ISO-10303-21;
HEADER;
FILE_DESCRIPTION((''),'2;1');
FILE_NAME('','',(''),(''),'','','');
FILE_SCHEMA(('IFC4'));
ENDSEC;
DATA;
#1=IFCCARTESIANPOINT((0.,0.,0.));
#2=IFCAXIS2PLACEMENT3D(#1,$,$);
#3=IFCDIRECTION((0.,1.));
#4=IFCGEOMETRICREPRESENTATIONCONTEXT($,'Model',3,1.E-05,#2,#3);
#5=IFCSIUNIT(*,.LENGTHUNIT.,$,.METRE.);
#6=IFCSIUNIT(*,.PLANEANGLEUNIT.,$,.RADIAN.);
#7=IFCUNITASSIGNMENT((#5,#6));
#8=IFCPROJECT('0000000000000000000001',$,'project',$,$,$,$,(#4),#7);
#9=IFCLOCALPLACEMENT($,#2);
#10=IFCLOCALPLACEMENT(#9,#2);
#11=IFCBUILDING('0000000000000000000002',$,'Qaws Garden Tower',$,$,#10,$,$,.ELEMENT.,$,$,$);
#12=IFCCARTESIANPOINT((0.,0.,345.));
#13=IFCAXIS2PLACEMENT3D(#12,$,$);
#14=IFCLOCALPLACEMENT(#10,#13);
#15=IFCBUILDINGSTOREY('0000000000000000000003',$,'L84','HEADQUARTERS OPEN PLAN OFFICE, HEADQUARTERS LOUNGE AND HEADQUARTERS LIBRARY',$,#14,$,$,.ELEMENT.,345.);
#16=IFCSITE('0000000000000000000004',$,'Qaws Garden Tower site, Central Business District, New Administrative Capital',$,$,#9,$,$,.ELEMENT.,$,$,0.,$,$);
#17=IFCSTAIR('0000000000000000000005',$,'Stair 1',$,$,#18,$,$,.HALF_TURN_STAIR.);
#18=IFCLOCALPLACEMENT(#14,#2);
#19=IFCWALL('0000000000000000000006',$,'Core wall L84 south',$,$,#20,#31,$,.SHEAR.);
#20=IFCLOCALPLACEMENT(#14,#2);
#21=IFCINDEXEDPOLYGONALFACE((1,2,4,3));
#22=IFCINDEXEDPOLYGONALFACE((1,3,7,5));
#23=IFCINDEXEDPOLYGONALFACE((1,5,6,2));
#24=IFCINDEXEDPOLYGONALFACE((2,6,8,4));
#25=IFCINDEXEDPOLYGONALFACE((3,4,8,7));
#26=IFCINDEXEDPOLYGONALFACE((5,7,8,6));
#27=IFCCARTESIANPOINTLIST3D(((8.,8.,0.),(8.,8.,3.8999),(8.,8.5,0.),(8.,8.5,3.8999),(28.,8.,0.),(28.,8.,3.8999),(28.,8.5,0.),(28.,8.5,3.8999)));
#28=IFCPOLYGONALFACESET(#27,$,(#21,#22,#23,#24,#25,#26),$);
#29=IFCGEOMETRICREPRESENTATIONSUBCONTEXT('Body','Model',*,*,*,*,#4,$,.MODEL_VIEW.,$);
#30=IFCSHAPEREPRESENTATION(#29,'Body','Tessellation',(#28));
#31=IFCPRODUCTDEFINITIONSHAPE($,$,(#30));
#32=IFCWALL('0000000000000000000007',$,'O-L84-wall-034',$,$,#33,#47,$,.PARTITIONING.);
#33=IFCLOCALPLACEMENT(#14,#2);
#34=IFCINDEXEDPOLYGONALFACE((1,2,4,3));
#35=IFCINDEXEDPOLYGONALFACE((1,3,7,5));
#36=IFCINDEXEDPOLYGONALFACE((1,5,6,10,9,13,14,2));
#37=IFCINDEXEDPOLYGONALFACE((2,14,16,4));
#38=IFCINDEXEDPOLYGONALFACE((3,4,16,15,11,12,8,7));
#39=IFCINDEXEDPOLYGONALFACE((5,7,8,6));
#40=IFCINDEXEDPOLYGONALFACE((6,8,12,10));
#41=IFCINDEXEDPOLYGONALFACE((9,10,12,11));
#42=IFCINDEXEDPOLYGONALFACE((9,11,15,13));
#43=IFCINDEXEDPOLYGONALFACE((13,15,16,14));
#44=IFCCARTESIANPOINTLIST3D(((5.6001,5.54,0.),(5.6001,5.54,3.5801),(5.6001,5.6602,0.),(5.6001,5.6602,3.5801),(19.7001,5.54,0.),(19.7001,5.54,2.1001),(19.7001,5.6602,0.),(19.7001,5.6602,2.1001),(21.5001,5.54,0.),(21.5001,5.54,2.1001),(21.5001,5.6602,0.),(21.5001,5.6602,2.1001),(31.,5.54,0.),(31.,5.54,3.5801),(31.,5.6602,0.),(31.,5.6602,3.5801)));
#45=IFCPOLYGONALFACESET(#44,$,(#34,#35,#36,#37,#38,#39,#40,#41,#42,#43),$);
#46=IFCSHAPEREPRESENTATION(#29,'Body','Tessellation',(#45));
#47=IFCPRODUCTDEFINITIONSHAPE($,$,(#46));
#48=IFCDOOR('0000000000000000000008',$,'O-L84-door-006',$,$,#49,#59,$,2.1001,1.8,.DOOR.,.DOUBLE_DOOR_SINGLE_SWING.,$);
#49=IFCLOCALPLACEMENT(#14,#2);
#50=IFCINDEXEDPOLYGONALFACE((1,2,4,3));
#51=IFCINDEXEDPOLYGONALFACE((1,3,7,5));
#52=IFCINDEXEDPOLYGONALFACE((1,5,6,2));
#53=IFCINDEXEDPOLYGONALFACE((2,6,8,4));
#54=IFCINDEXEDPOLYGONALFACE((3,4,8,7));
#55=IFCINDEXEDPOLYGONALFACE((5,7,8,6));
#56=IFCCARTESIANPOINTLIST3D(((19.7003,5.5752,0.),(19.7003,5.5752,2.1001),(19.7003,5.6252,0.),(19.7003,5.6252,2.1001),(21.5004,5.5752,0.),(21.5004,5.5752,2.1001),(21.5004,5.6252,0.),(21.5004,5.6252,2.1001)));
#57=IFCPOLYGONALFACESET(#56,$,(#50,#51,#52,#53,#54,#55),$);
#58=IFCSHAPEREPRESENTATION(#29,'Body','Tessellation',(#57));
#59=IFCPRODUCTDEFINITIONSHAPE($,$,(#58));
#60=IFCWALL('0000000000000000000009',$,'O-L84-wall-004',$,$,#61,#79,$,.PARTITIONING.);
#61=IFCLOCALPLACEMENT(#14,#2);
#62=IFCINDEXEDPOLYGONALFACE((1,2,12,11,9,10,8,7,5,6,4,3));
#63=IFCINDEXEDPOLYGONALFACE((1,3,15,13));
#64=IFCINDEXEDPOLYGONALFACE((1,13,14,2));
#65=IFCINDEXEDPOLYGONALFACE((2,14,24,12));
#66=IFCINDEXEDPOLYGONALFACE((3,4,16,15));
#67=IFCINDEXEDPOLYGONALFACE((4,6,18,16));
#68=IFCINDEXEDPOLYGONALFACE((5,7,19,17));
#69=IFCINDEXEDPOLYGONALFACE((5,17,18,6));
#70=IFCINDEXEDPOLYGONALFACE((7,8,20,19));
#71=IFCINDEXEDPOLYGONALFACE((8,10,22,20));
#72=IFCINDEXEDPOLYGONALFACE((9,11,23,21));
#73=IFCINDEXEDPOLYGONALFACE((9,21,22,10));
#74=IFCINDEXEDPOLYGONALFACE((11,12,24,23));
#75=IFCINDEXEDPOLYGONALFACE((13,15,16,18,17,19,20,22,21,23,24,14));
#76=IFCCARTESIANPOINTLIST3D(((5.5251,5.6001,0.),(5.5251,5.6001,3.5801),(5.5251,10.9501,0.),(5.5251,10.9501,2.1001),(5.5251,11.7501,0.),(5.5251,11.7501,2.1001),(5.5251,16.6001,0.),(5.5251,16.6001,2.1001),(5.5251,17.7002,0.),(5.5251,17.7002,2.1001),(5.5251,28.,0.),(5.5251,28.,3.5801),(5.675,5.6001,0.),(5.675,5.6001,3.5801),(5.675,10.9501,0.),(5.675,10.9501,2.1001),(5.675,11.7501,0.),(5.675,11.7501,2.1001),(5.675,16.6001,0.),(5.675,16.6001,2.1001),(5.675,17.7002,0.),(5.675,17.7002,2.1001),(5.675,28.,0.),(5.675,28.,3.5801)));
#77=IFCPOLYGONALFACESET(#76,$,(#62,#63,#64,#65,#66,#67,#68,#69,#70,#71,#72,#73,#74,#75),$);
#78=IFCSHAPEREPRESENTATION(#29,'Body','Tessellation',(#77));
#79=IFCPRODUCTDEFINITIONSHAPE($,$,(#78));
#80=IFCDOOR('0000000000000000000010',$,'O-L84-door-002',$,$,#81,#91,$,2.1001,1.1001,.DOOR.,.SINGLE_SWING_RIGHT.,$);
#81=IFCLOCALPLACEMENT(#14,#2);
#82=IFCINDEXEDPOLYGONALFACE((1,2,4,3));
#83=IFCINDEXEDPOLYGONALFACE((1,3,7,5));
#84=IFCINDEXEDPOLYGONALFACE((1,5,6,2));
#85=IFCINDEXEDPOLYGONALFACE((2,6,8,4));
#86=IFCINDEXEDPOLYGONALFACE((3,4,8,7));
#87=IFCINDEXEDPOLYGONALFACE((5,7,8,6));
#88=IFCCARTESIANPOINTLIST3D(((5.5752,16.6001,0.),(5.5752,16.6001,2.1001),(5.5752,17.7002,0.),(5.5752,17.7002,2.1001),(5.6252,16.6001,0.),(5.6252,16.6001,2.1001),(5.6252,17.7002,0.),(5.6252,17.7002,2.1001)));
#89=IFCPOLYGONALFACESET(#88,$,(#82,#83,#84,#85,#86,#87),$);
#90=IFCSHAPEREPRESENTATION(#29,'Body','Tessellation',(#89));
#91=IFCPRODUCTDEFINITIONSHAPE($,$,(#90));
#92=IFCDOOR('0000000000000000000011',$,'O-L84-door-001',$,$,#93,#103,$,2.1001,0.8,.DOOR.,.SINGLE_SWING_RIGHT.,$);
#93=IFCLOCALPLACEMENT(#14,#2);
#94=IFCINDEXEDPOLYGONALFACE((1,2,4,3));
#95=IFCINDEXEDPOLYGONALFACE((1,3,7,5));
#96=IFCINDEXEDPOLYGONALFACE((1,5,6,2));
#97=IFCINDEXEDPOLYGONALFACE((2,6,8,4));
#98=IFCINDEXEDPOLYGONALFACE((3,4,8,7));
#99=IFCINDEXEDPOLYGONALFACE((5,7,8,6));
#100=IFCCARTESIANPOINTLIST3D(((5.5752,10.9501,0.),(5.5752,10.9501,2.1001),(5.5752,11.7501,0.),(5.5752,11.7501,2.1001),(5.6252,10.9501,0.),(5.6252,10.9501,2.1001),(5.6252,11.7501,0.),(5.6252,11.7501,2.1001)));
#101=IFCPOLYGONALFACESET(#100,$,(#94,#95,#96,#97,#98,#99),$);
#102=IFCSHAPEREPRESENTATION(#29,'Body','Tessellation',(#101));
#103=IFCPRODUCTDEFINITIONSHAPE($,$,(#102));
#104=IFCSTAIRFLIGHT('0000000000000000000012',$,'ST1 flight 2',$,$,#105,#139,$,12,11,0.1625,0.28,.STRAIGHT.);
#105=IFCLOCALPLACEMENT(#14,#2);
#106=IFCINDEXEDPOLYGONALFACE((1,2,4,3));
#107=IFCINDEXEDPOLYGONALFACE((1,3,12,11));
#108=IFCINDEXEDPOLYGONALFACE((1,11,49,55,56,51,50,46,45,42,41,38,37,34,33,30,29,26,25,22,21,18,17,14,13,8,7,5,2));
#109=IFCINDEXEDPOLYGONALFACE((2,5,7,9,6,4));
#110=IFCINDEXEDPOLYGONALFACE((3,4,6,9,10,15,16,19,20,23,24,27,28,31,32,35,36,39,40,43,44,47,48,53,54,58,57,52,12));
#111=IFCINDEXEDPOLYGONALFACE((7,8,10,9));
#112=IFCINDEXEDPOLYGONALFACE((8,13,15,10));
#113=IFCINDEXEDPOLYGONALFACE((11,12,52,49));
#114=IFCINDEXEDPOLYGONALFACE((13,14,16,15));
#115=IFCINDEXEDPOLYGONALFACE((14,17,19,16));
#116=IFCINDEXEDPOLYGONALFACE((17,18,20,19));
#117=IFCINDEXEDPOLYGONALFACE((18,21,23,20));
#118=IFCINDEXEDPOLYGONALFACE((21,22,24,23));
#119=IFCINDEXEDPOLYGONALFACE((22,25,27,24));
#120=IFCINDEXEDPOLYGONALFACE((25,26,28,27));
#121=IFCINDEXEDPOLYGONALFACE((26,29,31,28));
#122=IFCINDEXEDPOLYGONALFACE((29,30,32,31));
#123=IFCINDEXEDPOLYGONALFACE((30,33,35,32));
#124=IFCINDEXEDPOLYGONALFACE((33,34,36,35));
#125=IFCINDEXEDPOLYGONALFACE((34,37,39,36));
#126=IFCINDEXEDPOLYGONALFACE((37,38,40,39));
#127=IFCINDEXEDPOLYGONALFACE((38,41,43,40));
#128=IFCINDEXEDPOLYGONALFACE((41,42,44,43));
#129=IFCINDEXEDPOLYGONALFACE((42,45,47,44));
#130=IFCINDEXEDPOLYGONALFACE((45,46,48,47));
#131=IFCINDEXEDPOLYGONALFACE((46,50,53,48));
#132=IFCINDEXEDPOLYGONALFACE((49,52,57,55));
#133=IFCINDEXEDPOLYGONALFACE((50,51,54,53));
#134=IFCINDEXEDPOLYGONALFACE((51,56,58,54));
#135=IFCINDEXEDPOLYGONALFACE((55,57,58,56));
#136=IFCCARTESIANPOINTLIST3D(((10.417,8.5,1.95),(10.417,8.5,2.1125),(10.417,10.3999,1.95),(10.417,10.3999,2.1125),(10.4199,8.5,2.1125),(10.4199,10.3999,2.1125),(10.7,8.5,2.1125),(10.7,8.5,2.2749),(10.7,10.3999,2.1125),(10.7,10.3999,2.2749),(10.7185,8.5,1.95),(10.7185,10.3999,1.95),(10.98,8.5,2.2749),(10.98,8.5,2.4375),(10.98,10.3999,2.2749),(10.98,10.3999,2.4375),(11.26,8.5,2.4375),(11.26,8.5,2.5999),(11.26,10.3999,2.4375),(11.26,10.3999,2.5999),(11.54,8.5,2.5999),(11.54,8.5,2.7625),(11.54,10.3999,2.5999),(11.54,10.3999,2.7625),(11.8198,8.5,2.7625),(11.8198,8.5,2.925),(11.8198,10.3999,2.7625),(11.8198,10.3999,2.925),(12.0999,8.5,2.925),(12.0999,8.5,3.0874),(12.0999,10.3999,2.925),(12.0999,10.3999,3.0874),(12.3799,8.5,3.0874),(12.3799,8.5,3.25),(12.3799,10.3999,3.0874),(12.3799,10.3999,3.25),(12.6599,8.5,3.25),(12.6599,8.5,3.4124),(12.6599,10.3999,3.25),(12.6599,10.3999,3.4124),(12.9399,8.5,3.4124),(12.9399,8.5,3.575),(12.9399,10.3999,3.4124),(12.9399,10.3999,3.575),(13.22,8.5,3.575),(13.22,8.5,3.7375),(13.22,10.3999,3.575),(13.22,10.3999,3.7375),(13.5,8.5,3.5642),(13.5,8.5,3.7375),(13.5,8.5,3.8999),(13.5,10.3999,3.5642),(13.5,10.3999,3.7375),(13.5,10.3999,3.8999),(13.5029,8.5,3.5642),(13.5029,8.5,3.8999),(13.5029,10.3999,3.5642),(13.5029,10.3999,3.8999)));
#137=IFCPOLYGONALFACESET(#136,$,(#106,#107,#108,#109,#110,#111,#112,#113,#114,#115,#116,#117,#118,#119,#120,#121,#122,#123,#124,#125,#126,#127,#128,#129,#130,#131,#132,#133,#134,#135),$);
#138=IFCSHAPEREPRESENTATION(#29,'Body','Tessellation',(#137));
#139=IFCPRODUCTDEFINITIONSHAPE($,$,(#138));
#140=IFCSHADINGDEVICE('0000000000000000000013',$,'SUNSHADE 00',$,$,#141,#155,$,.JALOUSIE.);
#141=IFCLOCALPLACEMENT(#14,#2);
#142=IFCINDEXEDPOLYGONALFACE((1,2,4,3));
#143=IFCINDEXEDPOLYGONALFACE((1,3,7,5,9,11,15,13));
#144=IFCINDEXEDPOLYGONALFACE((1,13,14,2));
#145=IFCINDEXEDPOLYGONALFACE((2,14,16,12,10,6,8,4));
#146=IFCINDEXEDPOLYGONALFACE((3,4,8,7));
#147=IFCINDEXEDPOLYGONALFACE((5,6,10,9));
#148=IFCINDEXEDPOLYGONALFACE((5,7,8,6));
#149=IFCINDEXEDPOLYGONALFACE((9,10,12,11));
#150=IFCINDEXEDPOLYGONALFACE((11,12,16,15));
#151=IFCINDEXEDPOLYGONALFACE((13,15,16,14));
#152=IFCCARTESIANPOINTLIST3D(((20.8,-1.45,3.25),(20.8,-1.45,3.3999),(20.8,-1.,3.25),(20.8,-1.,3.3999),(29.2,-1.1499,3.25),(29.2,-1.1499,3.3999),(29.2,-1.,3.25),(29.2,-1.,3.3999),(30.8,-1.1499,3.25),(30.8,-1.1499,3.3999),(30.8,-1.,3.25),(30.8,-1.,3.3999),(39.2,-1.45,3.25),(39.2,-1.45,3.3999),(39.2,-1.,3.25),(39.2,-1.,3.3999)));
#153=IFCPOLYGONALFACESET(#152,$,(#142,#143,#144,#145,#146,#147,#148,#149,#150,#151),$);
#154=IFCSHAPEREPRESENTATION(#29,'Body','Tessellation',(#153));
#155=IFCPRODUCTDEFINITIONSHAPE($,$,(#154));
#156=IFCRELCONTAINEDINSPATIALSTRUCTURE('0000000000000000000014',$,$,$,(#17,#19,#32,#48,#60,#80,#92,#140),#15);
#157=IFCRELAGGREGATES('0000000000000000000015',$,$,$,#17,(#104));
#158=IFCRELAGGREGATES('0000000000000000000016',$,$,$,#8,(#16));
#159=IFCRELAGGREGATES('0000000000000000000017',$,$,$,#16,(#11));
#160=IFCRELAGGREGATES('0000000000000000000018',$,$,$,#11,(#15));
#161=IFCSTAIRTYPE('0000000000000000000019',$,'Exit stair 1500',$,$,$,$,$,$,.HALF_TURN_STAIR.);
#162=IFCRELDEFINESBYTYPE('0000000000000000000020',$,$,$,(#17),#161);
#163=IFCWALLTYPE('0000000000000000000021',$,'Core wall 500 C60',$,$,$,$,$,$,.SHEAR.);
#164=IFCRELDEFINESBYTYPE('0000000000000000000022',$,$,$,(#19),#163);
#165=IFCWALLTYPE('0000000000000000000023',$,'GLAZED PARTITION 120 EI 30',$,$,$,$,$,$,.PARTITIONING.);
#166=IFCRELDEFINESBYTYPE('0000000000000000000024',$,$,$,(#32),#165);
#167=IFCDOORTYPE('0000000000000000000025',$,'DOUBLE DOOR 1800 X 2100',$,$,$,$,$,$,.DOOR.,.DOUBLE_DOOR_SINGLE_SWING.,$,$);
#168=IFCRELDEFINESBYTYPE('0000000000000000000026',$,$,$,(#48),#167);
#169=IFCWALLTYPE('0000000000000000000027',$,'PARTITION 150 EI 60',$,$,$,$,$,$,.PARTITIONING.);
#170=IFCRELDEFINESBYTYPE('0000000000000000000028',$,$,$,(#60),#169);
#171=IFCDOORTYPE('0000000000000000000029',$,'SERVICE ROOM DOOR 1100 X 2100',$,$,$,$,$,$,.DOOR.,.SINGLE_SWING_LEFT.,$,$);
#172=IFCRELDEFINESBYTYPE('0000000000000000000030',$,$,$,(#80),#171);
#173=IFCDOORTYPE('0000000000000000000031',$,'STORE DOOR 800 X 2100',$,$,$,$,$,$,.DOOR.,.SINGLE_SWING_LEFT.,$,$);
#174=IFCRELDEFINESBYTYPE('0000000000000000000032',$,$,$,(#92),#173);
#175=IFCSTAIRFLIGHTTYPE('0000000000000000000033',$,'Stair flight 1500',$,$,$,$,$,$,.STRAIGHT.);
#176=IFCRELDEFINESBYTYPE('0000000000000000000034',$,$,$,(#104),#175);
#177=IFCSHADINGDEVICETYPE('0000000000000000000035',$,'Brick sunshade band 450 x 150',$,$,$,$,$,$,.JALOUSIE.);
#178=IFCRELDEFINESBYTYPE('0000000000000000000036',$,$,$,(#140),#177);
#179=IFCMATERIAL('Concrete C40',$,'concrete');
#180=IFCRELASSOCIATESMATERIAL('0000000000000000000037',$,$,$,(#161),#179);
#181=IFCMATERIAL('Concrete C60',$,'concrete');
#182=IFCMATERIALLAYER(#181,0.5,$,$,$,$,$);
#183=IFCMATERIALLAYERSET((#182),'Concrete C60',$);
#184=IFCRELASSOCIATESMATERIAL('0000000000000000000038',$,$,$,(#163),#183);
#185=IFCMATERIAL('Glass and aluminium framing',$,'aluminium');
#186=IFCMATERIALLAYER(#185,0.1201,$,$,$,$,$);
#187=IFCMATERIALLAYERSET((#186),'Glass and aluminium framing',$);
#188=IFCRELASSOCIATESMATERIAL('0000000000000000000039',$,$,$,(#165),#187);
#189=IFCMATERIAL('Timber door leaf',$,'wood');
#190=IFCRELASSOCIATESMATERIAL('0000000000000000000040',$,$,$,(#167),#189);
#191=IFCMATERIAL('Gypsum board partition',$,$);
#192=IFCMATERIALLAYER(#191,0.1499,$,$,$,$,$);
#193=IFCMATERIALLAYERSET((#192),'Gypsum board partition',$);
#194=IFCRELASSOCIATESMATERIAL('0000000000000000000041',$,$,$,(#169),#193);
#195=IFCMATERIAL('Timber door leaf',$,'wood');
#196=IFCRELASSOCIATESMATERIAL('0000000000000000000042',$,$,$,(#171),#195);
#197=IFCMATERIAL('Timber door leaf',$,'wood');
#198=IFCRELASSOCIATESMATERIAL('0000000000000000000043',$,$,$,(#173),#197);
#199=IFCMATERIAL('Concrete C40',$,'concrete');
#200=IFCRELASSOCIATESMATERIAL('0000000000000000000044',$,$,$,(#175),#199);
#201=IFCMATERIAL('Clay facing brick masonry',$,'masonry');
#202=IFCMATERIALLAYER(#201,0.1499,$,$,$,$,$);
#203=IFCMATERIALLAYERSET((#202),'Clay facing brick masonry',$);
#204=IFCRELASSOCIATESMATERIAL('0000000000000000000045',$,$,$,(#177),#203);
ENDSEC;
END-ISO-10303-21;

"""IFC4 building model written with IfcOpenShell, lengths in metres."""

from ifc_helpers import new_model, si_unit, direction, frame, frame_2d, origin, place, context, subcontext, project, spatial, polyline, rectangle, outline, extrude, material, layer, layer_set, type_object, element, fill, aggregate, save


model = new_model("IFC4")

# Units and contexts
model_context = context("Model", 3, precision=1e-05, world=origin(), true_north=direction((0.0, 1.0)))
body_context = subcontext(model_context, "Body", "Model", "MODEL_VIEW")
ifc_project = project(units=[si_unit("LENGTHUNIT", "METRE"), si_unit("PLANEANGLEUNIT", "RADIAN")], contexts=[model_context])

# Site, building, storey
site_placement = place(None, origin())
site = spatial("IfcSite", under=ifc_project, at=site_placement, Name="Qaws Garden Tower site, Central Business District, New Administrative Capital", CompositionType="ELEMENT", RefElevation=0.0)
building_placement = place(site_placement, origin())
building = spatial("IfcBuilding", under=site, at=building_placement, Name="Qaws Garden Tower", CompositionType="ELEMENT")
storey_placement = place(building_placement, frame((0.0, 0.0, 345.0)))
storey = spatial("IfcBuildingStorey", under=building, at=storey_placement, Name="L84", Description="HEADQUARTERS OPEN PLAN OFFICE, HEADQUARTERS LOUNGE AND HEADQUARTERS LIBRARY", CompositionType="ELEMENT", Elevation=345.0)

# Stair
ifc_material_1 = material(Name="Concrete C40", Category="concrete")
stair_type_1 = type_object("IfcStairType", Name="Exit stair 1500", PredefinedType="HALF_TURN_STAIR", material=ifc_material_1)
placement_1 = place(storey_placement, origin())
stair_1 = element("IfcStair", 1, at=placement_1, inside=storey, type_object=stair_type_1, Name="Stair 1", PredefinedType="HALF_TURN_STAIR")

# Wall
ifc_material_2 = material(Name="Concrete C60", Category="concrete")
ifc_layer_1 = layer(ifc_material_2, 0.5)
ifc_layer_set_1 = layer_set([ifc_layer_1], Name="Concrete C60")
wall_type_1 = type_object("IfcWallType", Name="Core wall 500 C60", PredefinedType="SHEAR", material=ifc_layer_set_1)
wall_1_placement = place(storey_placement, frame((8.0, 8.25, 0.0), z_axis=(0.0, 0.0, 1.0), x_axis=(1.0, 0.0, 0.0)))
element("IfcWall", 2, at=wall_1_placement, inside=storey, type_object=wall_type_1, Name="Core wall L84 south", PredefinedType="SHEAR", context=body_context, shape_type="SweptSolid", body=[
    extrude(rectangle(XDim=20.0, YDim=0.5, at=frame_2d((10.0, 0.0))), origin(), (0.0, 0.0, 1.0), 3.8999),
])

# Wall, opening, door
ifc_material_3 = material(Name="Glass and aluminium framing", Category="aluminium")
ifc_layer_2 = layer(ifc_material_3, 0.1201)
ifc_layer_set_2 = layer_set([ifc_layer_2], Name="Glass and aluminium framing")
wall_type_2 = type_object("IfcWallType", Name="GLAZED PARTITION 120 EI 30", PredefinedType="PARTITIONING", material=ifc_layer_set_2)
wall_2_placement = place(storey_placement, frame((5.6001, 5.6001, 0.0), z_axis=(0.0, 0.0, 1.0), x_axis=(1.0, 0.0, 0.0)))
wall_2 = element("IfcWall", 3, at=wall_2_placement, inside=storey, type_object=wall_type_2, Name="O-L84-wall-034", PredefinedType="PARTITIONING", context=body_context, shape_type="SweptSolid", body=[
    extrude(rectangle(XDim=25.3999, YDim=0.1201, at=frame_2d((12.7, 0.0))), origin(), (0.0, 0.0, 1.0), 3.5801),
])
opening_1_placement = place(wall_2_placement, frame((14.1001, 0.0, 0.0)))
opening_1 = element("IfcOpeningElement", 4, at=opening_1_placement, cuts=wall_2, PredefinedType="OPENING", context=body_context, shape_type="SweptSolid", body=[
    extrude(rectangle(XDim=1.8, YDim=2.1001, at=frame_2d((0.8999, 1.05))), frame((0.0, 0.0701, 0.0), z_axis=(0.0, -1.0, 0.0), x_axis=(1.0, 0.0, 0.0)), (0.0, 0.0, 1.0), 0.1401),
])
ifc_material_4 = material(Name="Timber door leaf", Category="wood")
door_type_1 = type_object("IfcDoorType", Name="DOUBLE DOOR 1800 X 2100", OperationType="DOUBLE_DOOR_SINGLE_SWING", PredefinedType="DOOR", material=ifc_material_4)
door_1_placement = place(opening_1_placement, frame((1.8, 0.0, 0.0), z_axis=(0.0, 0.0, 1.0), x_axis=(-1.0, 0.0, 0.0)))
door_1 = element("IfcDoor", 5, at=door_1_placement, inside=storey, type_object=door_type_1, Name="O-L84-door-006", OperationType="DOUBLE_DOOR_SINGLE_SWING", OverallHeight=2.1001, OverallWidth=1.8, PredefinedType="DOOR", context=body_context, shape_type="SweptSolid", body=[
    extrude(rectangle(XDim=1.8, YDim=2.1001, at=frame_2d((0.8999, 1.05))), frame((0.0, 0.0249, 0.0), z_axis=(0.0, -1.0, 0.0), x_axis=(1.0, 0.0, 0.0)), (0.0, 0.0, 1.0), 0.05),
])
fill(opening_1, door_1)

# Wall, openings, doors
ifc_material_5 = material(Name="Gypsum board partition")
ifc_layer_3 = layer(ifc_material_5, 0.1499)
ifc_layer_set_3 = layer_set([ifc_layer_3], Name="Gypsum board partition")
wall_type_3 = type_object("IfcWallType", Name="PARTITION 150 EI 60", PredefinedType="PARTITIONING", material=ifc_layer_set_3)
wall_3_placement = place(storey_placement, frame((5.6001, 5.6001, 0.0), z_axis=(0.0, 0.0, 1.0), x_axis=(0.0, 1.0, 0.0)))
wall_3 = element("IfcWall", 6, at=wall_3_placement, inside=storey, type_object=wall_type_3, Name="O-L84-wall-004", PredefinedType="PARTITIONING", context=body_context, shape_type="SweptSolid", body=[
    extrude(rectangle(XDim=22.3999, YDim=0.1499, at=frame_2d((11.2, 0.0))), origin(), (0.0, 0.0, 1.0), 3.5801),
])
opening_2_placement = place(wall_3_placement, frame((5.3501, 0.0, 0.0)))
opening_2 = element("IfcOpeningElement", 7, at=opening_2_placement, cuts=wall_3, PredefinedType="OPENING", context=body_context, shape_type="SweptSolid", body=[
    extrude(rectangle(XDim=0.8, YDim=2.1001, at=frame_2d((0.3999, 1.05))), frame((0.0, 0.085, 0.0), z_axis=(0.0, -1.0, 0.0), x_axis=(1.0, 0.0, 0.0)), (0.0, 0.0, 1.0), 0.1699),
])
opening_3_placement = place(wall_3_placement, frame((11.0, 0.0, 0.0)))
opening_3 = element("IfcOpeningElement", 8, at=opening_3_placement, cuts=wall_3, PredefinedType="OPENING", context=body_context, shape_type="SweptSolid", body=[
    extrude(rectangle(XDim=1.1001, YDim=2.1001, at=frame_2d((0.55, 1.05))), frame((0.0, 0.085, 0.0), z_axis=(0.0, -1.0, 0.0), x_axis=(1.0, 0.0, 0.0)), (0.0, 0.0, 1.0), 0.1699),
])
ifc_material_6 = material(Name="Timber door leaf", Category="wood")
door_type_2 = type_object("IfcDoorType", Name="SERVICE ROOM DOOR 1100 X 2100", OperationType="SINGLE_SWING_LEFT", PredefinedType="DOOR", material=ifc_material_6)
door_2_placement = place(opening_3_placement, origin())
door_2 = element("IfcDoor", 9, at=door_2_placement, inside=storey, type_object=door_type_2, Name="O-L84-door-002", OperationType="SINGLE_SWING_RIGHT", OverallHeight=2.1001, OverallWidth=1.1001, PredefinedType="DOOR", context=body_context, shape_type="SweptSolid", body=[
    extrude(rectangle(XDim=1.1001, YDim=2.1001, at=frame_2d((0.55, 1.05))), frame((0.0, 0.0249, 0.0), z_axis=(0.0, -1.0, 0.0), x_axis=(1.0, 0.0, 0.0)), (0.0, 0.0, 1.0), 0.05),
])
fill(opening_3, door_2)
ifc_material_7 = material(Name="Timber door leaf", Category="wood")
door_type_3 = type_object("IfcDoorType", Name="STORE DOOR 800 X 2100", OperationType="SINGLE_SWING_LEFT", PredefinedType="DOOR", material=ifc_material_7)
door_3_placement = place(opening_2_placement, origin())
door_3 = element("IfcDoor", 10, at=door_3_placement, inside=storey, type_object=door_type_3, Name="O-L84-door-001", OperationType="SINGLE_SWING_RIGHT", OverallHeight=2.1001, OverallWidth=0.8, PredefinedType="DOOR", context=body_context, shape_type="SweptSolid", body=[
    extrude(rectangle(XDim=0.8, YDim=2.1001, at=frame_2d((0.3999, 1.05))), frame((0.0, 0.0249, 0.0), z_axis=(0.0, -1.0, 0.0), x_axis=(1.0, 0.0, 0.0)), (0.0, 0.0, 1.0), 0.05),
])
fill(opening_2, door_3)

# Stair flight
ifc_material_8 = material(Name="Concrete C40", Category="concrete")
stair_flight_type = type_object("IfcStairFlightType", Name="Stair flight 1500", PredefinedType="STRAIGHT", material=ifc_material_8)
stair_flight_placement = place(storey_placement, frame((10.4199, 9.45, 1.95), z_axis=(0.0, 0.0, 1.0), x_axis=(1.0, 0.0, 0.0)))
stair_flight = element("IfcStairFlight", 11, at=stair_flight_placement, type_object=stair_flight_type, Name="ST1 flight 2", NumberOfRisers=12, NumberOfTreads=11, PredefinedType="STRAIGHT", RiserHeight=0.1625, TreadLength=0.28, context=body_context, shape_type="SweptSolid", body=[
    extrude(outline(polyline([(-0.0029, 0.0), (-0.0029, 0.1626), (0.0, 0.1626), (0.28, 0.1626), (0.28, 0.325), (0.5601, 0.325), (0.5601, 0.4875), (0.8401, 0.4875), (0.8401, 0.6499), (1.1201, 0.6499), (1.1201, 0.8125), (1.3999, 0.8125), (1.3999, 0.9751), (1.6799, 0.9751), (1.6799, 1.1375), (1.96, 1.1375), (1.96, 1.3), (2.24, 1.3), (2.24, 1.4624), (2.52, 1.4624), (2.52, 1.625), (2.8, 1.625), (2.8, 1.7876), (3.0801, 1.7876), (3.0801, 1.95), (3.083, 1.95), (3.083, 1.6143), (3.0801, 1.6143), (0.2986, 0.0), (-0.0029, 0.0)])), frame((0.0, 0.95, 0.0), z_axis=(0.0, -1.0, 0.0), x_axis=(1.0, 0.0, 0.0)), (0.0, 0.0, 1.0), 1.8999),
])
aggregate(stair_1, [stair_flight])

# Shading device
ifc_material_9 = material(Name="Clay facing brick masonry", Category="masonry")
ifc_layer_4 = layer(ifc_material_9, 0.1499)
ifc_layer_set_4 = layer_set([ifc_layer_4], Name="Clay facing brick masonry")
shading_device_type = type_object("IfcShadingDeviceType", Name="Brick sunshade band 450 x 150", PredefinedType="JALOUSIE", material=ifc_layer_set_4)
shading_device_placement = place(storey_placement, frame((0.0, 0.0, 3.25)))
element("IfcShadingDevice", 12, at=shading_device_placement, inside=storey, type_object=shading_device_type, Name="SUNSHADE 00", PredefinedType="JALOUSIE", context=body_context, shape_type="SweptSolid", body=[
    extrude(outline(polyline([(20.8, -1.0), (20.8, -1.45), (39.2, -1.45), (39.2, -1.0), (30.8, -1.0), (30.8, -1.1499), (29.2, -1.1499), (29.2, -1.0), (20.8, -1.0)])), origin(), (0.0, 0.0, 1.0), 0.1499),
])

save(model, "model.ifc")
